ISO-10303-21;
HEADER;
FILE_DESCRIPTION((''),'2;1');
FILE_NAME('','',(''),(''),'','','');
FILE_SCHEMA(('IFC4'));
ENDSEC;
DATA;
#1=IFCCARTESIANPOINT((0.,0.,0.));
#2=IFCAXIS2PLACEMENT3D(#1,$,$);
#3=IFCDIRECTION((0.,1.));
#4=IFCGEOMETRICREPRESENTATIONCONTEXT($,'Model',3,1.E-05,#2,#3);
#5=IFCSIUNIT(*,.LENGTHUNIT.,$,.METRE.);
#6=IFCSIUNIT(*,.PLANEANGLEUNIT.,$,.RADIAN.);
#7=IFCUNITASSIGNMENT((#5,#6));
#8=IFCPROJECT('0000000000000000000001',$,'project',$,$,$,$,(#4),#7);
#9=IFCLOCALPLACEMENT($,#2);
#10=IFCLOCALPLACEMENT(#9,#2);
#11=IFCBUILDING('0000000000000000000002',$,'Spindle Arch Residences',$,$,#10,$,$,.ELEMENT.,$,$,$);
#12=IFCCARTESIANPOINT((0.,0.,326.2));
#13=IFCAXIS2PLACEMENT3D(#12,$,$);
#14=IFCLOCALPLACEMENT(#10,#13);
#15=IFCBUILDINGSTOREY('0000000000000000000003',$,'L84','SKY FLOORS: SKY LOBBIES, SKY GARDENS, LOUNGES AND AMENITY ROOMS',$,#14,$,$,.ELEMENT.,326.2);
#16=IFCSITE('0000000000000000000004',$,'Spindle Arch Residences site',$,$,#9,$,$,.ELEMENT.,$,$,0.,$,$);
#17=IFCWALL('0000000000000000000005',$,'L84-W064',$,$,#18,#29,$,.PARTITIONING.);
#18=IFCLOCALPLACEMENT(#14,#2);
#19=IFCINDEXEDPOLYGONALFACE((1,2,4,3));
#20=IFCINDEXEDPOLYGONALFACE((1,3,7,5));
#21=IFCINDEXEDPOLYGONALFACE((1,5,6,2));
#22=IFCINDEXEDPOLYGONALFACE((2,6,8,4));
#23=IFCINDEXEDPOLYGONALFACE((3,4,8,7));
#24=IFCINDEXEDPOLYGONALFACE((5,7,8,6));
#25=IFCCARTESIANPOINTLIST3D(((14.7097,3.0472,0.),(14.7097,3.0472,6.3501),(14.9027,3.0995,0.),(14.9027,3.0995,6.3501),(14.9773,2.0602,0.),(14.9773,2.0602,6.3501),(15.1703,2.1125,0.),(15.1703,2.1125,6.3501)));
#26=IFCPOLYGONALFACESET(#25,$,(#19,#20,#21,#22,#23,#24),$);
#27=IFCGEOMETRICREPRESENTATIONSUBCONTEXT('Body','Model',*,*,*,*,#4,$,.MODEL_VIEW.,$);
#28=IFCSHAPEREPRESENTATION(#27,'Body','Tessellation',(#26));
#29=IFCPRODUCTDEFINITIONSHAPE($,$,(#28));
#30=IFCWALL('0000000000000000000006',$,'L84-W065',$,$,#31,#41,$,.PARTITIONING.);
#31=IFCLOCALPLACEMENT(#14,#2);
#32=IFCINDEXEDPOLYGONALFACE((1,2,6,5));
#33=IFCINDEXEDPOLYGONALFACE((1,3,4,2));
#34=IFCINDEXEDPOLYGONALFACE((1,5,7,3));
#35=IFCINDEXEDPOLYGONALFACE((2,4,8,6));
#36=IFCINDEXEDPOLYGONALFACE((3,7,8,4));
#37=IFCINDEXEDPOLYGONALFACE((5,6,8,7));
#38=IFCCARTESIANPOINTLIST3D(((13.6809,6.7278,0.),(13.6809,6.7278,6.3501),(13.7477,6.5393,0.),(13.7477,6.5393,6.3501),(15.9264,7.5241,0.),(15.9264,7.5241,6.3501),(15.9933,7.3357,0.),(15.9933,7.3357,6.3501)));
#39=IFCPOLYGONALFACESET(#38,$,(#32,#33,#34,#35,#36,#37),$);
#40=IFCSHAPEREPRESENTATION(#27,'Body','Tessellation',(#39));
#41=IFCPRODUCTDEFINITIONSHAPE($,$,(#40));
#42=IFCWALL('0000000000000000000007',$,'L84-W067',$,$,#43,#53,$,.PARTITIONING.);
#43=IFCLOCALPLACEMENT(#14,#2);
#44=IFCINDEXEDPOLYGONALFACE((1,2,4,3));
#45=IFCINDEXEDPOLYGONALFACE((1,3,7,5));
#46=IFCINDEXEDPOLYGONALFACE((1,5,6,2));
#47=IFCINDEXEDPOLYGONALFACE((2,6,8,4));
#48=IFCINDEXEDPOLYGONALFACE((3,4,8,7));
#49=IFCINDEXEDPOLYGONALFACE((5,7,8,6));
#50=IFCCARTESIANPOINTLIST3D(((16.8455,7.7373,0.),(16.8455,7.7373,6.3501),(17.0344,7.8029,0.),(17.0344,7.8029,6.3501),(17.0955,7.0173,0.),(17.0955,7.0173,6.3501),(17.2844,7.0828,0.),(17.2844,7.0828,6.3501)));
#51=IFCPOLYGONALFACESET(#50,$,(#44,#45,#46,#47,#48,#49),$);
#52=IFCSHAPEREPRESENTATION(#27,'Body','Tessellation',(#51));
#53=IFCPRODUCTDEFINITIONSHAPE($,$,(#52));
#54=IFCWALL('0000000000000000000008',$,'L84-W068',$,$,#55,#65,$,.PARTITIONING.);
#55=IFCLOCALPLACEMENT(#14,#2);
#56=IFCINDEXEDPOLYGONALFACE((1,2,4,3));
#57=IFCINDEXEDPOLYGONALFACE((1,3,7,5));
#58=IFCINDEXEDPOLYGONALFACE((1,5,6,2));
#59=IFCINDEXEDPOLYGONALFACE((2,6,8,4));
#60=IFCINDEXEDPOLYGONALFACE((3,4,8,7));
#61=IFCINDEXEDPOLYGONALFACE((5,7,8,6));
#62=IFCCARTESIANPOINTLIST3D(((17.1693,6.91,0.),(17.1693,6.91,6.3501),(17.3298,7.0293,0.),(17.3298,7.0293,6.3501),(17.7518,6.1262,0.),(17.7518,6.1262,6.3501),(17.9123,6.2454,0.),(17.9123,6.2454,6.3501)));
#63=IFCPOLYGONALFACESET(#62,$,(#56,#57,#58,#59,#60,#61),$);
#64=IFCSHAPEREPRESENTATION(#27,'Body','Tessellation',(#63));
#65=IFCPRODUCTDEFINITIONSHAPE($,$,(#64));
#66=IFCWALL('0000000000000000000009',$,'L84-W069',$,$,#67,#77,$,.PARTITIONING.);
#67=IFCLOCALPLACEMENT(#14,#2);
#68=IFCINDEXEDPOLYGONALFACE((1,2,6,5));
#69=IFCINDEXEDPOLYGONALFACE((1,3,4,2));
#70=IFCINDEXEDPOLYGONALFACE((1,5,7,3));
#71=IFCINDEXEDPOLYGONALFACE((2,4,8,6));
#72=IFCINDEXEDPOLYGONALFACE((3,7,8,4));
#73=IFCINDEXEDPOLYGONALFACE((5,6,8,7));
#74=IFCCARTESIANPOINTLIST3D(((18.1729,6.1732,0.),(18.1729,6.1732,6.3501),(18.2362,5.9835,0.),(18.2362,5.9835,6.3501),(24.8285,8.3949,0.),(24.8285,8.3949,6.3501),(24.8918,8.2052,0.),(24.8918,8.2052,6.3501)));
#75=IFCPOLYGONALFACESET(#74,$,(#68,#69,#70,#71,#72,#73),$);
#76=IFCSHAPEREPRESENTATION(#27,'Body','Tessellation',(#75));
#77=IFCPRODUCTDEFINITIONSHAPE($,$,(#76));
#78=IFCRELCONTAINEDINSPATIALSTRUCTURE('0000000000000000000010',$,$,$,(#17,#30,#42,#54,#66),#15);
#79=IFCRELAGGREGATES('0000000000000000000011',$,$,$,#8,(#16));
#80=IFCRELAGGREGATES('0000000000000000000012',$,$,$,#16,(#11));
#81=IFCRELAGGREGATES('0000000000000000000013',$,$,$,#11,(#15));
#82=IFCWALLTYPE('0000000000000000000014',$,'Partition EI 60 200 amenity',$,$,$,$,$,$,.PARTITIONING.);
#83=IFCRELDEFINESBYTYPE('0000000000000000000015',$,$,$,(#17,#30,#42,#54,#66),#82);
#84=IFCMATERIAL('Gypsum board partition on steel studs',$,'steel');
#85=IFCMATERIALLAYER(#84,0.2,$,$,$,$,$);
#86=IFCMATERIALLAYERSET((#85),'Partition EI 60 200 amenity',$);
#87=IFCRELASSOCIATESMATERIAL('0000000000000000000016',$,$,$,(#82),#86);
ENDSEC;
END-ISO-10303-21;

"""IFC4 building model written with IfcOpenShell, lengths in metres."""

from ifc_helpers import new_model, si_unit, direction, frame, frame_2d, origin, place, context, subcontext, project, spatial, rectangle, extrude, material, layer, layer_set, type_object, element, save


model = new_model("IFC4")

# Units and contexts
model_context = context("Model", 3, precision=1e-05, world=origin(), true_north=direction((0.0, 1.0)))
body_context = subcontext(model_context, "Body", "Model", "MODEL_VIEW")
ifc_project = project(units=[si_unit("LENGTHUNIT", "METRE"), si_unit("PLANEANGLEUNIT", "RADIAN")], contexts=[model_context])

# Site, building, storey
site_placement = place(None, origin())
site = spatial("IfcSite", under=ifc_project, at=site_placement, Name="Spindle Arch Residences site", CompositionType="ELEMENT", RefElevation=0.0)
building_placement = place(site_placement, origin())
building = spatial("IfcBuilding", under=site, at=building_placement, Name="Spindle Arch Residences", CompositionType="ELEMENT")
storey_placement = place(building_placement, frame((0.0, 0.0, 326.2)))
storey = spatial("IfcBuildingStorey", under=building, at=storey_placement, Name="L84", Description="SKY FLOORS: SKY LOBBIES, SKY GARDENS, LOUNGES AND AMENITY ROOMS", CompositionType="ELEMENT", Elevation=326.2)

# Walls
ifc_material_1 = material(Name="Gypsum board partition on steel studs", Category="steel")
ifc_layer_1 = layer(ifc_material_1, 0.2)
ifc_layer_set_1 = layer_set([ifc_layer_1], Name="Partition EI 60 200 amenity")
wall_type = type_object("IfcWallType", Name="Partition EI 60 200 amenity", PredefinedType="PARTITIONING", material=ifc_layer_set_1)
wall_1_placement = place(storey_placement, frame((15.0737, 2.0864, 0.0), z_axis=(0.0, 0.0, 1.0), x_axis=(-0.261643, 0.965165, 0.0)))
element("IfcWall", 1, at=wall_1_placement, inside=storey, type_object=wall_type, Name="L84-W064", PredefinedType="PARTITIONING", context=body_context, shape_type="SweptSolid", body=[
    extrude(rectangle(XDim=1.0227, YDim=0.2, at=frame_2d((0.5112, 0.0))), origin(), (0.0, 0.0, 1.0), 6.3501),
])
wall_2_placement = place(storey_placement, frame((15.96, 7.4299, 0.0), z_axis=(0.0, 0.0, 1.0), x_axis=(-0.942486, -0.334245, 0.0)))
element("IfcWall", 2, at=wall_2_placement, inside=storey, type_object=wall_type, Name="L84-W065", PredefinedType="PARTITIONING", context=body_context, shape_type="SweptSolid", body=[
    extrude(rectangle(XDim=2.3826, YDim=0.2, at=frame_2d((1.1914, 0.0))), origin(), (0.0, 0.0, 1.0), 6.3501),
])
wall_3_placement = place(storey_placement, frame((17.1899, 7.05, 0.0), z_axis=(0.0, 0.0, 1.0), x_axis=(-0.328024, 0.94467, 0.0)))
element("IfcWall", 3, at=wall_3_placement, inside=storey, type_object=wall_type, Name="L84-W067", PredefinedType="PARTITIONING", context=body_context, shape_type="SweptSolid", body=[
    extrude(rectangle(XDim=0.7622, YDim=0.2, at=frame_2d((0.3811, 0.0))), origin(), (0.0, 0.0, 1.0), 6.3501),
])
wall_4_placement = place(storey_placement, frame((17.832, 6.1858, 0.0), z_axis=(0.0, 0.0, 1.0), x_axis=(-0.596434, 0.802662, 0.0)))
element("IfcWall", 4, at=wall_4_placement, inside=storey, type_object=wall_type, Name="L84-W068", PredefinedType="PARTITIONING", context=body_context, shape_type="SweptSolid", body=[
    extrude(rectangle(XDim=0.9766, YDim=0.2, at=frame_2d((0.4883, 0.0))), origin(), (0.0, 0.0, 1.0), 6.3501),
])
wall_5_placement = place(storey_placement, frame((18.2046, 6.0784, 0.0), z_axis=(0.0, 0.0, 1.0), x_axis=(0.948548, 0.316635, 0.0)))
element("IfcWall", 5, at=wall_5_placement, inside=storey, type_object=wall_type, Name="L84-W069", PredefinedType="PARTITIONING", context=body_context, shape_type="SweptSolid", body=[
    extrude(rectangle(XDim=7.0166, YDim=0.2, at=frame_2d((3.5083, 0.0))), origin(), (0.0, 0.0, 1.0), 6.3501),
])

save(model, "model.ifc")
